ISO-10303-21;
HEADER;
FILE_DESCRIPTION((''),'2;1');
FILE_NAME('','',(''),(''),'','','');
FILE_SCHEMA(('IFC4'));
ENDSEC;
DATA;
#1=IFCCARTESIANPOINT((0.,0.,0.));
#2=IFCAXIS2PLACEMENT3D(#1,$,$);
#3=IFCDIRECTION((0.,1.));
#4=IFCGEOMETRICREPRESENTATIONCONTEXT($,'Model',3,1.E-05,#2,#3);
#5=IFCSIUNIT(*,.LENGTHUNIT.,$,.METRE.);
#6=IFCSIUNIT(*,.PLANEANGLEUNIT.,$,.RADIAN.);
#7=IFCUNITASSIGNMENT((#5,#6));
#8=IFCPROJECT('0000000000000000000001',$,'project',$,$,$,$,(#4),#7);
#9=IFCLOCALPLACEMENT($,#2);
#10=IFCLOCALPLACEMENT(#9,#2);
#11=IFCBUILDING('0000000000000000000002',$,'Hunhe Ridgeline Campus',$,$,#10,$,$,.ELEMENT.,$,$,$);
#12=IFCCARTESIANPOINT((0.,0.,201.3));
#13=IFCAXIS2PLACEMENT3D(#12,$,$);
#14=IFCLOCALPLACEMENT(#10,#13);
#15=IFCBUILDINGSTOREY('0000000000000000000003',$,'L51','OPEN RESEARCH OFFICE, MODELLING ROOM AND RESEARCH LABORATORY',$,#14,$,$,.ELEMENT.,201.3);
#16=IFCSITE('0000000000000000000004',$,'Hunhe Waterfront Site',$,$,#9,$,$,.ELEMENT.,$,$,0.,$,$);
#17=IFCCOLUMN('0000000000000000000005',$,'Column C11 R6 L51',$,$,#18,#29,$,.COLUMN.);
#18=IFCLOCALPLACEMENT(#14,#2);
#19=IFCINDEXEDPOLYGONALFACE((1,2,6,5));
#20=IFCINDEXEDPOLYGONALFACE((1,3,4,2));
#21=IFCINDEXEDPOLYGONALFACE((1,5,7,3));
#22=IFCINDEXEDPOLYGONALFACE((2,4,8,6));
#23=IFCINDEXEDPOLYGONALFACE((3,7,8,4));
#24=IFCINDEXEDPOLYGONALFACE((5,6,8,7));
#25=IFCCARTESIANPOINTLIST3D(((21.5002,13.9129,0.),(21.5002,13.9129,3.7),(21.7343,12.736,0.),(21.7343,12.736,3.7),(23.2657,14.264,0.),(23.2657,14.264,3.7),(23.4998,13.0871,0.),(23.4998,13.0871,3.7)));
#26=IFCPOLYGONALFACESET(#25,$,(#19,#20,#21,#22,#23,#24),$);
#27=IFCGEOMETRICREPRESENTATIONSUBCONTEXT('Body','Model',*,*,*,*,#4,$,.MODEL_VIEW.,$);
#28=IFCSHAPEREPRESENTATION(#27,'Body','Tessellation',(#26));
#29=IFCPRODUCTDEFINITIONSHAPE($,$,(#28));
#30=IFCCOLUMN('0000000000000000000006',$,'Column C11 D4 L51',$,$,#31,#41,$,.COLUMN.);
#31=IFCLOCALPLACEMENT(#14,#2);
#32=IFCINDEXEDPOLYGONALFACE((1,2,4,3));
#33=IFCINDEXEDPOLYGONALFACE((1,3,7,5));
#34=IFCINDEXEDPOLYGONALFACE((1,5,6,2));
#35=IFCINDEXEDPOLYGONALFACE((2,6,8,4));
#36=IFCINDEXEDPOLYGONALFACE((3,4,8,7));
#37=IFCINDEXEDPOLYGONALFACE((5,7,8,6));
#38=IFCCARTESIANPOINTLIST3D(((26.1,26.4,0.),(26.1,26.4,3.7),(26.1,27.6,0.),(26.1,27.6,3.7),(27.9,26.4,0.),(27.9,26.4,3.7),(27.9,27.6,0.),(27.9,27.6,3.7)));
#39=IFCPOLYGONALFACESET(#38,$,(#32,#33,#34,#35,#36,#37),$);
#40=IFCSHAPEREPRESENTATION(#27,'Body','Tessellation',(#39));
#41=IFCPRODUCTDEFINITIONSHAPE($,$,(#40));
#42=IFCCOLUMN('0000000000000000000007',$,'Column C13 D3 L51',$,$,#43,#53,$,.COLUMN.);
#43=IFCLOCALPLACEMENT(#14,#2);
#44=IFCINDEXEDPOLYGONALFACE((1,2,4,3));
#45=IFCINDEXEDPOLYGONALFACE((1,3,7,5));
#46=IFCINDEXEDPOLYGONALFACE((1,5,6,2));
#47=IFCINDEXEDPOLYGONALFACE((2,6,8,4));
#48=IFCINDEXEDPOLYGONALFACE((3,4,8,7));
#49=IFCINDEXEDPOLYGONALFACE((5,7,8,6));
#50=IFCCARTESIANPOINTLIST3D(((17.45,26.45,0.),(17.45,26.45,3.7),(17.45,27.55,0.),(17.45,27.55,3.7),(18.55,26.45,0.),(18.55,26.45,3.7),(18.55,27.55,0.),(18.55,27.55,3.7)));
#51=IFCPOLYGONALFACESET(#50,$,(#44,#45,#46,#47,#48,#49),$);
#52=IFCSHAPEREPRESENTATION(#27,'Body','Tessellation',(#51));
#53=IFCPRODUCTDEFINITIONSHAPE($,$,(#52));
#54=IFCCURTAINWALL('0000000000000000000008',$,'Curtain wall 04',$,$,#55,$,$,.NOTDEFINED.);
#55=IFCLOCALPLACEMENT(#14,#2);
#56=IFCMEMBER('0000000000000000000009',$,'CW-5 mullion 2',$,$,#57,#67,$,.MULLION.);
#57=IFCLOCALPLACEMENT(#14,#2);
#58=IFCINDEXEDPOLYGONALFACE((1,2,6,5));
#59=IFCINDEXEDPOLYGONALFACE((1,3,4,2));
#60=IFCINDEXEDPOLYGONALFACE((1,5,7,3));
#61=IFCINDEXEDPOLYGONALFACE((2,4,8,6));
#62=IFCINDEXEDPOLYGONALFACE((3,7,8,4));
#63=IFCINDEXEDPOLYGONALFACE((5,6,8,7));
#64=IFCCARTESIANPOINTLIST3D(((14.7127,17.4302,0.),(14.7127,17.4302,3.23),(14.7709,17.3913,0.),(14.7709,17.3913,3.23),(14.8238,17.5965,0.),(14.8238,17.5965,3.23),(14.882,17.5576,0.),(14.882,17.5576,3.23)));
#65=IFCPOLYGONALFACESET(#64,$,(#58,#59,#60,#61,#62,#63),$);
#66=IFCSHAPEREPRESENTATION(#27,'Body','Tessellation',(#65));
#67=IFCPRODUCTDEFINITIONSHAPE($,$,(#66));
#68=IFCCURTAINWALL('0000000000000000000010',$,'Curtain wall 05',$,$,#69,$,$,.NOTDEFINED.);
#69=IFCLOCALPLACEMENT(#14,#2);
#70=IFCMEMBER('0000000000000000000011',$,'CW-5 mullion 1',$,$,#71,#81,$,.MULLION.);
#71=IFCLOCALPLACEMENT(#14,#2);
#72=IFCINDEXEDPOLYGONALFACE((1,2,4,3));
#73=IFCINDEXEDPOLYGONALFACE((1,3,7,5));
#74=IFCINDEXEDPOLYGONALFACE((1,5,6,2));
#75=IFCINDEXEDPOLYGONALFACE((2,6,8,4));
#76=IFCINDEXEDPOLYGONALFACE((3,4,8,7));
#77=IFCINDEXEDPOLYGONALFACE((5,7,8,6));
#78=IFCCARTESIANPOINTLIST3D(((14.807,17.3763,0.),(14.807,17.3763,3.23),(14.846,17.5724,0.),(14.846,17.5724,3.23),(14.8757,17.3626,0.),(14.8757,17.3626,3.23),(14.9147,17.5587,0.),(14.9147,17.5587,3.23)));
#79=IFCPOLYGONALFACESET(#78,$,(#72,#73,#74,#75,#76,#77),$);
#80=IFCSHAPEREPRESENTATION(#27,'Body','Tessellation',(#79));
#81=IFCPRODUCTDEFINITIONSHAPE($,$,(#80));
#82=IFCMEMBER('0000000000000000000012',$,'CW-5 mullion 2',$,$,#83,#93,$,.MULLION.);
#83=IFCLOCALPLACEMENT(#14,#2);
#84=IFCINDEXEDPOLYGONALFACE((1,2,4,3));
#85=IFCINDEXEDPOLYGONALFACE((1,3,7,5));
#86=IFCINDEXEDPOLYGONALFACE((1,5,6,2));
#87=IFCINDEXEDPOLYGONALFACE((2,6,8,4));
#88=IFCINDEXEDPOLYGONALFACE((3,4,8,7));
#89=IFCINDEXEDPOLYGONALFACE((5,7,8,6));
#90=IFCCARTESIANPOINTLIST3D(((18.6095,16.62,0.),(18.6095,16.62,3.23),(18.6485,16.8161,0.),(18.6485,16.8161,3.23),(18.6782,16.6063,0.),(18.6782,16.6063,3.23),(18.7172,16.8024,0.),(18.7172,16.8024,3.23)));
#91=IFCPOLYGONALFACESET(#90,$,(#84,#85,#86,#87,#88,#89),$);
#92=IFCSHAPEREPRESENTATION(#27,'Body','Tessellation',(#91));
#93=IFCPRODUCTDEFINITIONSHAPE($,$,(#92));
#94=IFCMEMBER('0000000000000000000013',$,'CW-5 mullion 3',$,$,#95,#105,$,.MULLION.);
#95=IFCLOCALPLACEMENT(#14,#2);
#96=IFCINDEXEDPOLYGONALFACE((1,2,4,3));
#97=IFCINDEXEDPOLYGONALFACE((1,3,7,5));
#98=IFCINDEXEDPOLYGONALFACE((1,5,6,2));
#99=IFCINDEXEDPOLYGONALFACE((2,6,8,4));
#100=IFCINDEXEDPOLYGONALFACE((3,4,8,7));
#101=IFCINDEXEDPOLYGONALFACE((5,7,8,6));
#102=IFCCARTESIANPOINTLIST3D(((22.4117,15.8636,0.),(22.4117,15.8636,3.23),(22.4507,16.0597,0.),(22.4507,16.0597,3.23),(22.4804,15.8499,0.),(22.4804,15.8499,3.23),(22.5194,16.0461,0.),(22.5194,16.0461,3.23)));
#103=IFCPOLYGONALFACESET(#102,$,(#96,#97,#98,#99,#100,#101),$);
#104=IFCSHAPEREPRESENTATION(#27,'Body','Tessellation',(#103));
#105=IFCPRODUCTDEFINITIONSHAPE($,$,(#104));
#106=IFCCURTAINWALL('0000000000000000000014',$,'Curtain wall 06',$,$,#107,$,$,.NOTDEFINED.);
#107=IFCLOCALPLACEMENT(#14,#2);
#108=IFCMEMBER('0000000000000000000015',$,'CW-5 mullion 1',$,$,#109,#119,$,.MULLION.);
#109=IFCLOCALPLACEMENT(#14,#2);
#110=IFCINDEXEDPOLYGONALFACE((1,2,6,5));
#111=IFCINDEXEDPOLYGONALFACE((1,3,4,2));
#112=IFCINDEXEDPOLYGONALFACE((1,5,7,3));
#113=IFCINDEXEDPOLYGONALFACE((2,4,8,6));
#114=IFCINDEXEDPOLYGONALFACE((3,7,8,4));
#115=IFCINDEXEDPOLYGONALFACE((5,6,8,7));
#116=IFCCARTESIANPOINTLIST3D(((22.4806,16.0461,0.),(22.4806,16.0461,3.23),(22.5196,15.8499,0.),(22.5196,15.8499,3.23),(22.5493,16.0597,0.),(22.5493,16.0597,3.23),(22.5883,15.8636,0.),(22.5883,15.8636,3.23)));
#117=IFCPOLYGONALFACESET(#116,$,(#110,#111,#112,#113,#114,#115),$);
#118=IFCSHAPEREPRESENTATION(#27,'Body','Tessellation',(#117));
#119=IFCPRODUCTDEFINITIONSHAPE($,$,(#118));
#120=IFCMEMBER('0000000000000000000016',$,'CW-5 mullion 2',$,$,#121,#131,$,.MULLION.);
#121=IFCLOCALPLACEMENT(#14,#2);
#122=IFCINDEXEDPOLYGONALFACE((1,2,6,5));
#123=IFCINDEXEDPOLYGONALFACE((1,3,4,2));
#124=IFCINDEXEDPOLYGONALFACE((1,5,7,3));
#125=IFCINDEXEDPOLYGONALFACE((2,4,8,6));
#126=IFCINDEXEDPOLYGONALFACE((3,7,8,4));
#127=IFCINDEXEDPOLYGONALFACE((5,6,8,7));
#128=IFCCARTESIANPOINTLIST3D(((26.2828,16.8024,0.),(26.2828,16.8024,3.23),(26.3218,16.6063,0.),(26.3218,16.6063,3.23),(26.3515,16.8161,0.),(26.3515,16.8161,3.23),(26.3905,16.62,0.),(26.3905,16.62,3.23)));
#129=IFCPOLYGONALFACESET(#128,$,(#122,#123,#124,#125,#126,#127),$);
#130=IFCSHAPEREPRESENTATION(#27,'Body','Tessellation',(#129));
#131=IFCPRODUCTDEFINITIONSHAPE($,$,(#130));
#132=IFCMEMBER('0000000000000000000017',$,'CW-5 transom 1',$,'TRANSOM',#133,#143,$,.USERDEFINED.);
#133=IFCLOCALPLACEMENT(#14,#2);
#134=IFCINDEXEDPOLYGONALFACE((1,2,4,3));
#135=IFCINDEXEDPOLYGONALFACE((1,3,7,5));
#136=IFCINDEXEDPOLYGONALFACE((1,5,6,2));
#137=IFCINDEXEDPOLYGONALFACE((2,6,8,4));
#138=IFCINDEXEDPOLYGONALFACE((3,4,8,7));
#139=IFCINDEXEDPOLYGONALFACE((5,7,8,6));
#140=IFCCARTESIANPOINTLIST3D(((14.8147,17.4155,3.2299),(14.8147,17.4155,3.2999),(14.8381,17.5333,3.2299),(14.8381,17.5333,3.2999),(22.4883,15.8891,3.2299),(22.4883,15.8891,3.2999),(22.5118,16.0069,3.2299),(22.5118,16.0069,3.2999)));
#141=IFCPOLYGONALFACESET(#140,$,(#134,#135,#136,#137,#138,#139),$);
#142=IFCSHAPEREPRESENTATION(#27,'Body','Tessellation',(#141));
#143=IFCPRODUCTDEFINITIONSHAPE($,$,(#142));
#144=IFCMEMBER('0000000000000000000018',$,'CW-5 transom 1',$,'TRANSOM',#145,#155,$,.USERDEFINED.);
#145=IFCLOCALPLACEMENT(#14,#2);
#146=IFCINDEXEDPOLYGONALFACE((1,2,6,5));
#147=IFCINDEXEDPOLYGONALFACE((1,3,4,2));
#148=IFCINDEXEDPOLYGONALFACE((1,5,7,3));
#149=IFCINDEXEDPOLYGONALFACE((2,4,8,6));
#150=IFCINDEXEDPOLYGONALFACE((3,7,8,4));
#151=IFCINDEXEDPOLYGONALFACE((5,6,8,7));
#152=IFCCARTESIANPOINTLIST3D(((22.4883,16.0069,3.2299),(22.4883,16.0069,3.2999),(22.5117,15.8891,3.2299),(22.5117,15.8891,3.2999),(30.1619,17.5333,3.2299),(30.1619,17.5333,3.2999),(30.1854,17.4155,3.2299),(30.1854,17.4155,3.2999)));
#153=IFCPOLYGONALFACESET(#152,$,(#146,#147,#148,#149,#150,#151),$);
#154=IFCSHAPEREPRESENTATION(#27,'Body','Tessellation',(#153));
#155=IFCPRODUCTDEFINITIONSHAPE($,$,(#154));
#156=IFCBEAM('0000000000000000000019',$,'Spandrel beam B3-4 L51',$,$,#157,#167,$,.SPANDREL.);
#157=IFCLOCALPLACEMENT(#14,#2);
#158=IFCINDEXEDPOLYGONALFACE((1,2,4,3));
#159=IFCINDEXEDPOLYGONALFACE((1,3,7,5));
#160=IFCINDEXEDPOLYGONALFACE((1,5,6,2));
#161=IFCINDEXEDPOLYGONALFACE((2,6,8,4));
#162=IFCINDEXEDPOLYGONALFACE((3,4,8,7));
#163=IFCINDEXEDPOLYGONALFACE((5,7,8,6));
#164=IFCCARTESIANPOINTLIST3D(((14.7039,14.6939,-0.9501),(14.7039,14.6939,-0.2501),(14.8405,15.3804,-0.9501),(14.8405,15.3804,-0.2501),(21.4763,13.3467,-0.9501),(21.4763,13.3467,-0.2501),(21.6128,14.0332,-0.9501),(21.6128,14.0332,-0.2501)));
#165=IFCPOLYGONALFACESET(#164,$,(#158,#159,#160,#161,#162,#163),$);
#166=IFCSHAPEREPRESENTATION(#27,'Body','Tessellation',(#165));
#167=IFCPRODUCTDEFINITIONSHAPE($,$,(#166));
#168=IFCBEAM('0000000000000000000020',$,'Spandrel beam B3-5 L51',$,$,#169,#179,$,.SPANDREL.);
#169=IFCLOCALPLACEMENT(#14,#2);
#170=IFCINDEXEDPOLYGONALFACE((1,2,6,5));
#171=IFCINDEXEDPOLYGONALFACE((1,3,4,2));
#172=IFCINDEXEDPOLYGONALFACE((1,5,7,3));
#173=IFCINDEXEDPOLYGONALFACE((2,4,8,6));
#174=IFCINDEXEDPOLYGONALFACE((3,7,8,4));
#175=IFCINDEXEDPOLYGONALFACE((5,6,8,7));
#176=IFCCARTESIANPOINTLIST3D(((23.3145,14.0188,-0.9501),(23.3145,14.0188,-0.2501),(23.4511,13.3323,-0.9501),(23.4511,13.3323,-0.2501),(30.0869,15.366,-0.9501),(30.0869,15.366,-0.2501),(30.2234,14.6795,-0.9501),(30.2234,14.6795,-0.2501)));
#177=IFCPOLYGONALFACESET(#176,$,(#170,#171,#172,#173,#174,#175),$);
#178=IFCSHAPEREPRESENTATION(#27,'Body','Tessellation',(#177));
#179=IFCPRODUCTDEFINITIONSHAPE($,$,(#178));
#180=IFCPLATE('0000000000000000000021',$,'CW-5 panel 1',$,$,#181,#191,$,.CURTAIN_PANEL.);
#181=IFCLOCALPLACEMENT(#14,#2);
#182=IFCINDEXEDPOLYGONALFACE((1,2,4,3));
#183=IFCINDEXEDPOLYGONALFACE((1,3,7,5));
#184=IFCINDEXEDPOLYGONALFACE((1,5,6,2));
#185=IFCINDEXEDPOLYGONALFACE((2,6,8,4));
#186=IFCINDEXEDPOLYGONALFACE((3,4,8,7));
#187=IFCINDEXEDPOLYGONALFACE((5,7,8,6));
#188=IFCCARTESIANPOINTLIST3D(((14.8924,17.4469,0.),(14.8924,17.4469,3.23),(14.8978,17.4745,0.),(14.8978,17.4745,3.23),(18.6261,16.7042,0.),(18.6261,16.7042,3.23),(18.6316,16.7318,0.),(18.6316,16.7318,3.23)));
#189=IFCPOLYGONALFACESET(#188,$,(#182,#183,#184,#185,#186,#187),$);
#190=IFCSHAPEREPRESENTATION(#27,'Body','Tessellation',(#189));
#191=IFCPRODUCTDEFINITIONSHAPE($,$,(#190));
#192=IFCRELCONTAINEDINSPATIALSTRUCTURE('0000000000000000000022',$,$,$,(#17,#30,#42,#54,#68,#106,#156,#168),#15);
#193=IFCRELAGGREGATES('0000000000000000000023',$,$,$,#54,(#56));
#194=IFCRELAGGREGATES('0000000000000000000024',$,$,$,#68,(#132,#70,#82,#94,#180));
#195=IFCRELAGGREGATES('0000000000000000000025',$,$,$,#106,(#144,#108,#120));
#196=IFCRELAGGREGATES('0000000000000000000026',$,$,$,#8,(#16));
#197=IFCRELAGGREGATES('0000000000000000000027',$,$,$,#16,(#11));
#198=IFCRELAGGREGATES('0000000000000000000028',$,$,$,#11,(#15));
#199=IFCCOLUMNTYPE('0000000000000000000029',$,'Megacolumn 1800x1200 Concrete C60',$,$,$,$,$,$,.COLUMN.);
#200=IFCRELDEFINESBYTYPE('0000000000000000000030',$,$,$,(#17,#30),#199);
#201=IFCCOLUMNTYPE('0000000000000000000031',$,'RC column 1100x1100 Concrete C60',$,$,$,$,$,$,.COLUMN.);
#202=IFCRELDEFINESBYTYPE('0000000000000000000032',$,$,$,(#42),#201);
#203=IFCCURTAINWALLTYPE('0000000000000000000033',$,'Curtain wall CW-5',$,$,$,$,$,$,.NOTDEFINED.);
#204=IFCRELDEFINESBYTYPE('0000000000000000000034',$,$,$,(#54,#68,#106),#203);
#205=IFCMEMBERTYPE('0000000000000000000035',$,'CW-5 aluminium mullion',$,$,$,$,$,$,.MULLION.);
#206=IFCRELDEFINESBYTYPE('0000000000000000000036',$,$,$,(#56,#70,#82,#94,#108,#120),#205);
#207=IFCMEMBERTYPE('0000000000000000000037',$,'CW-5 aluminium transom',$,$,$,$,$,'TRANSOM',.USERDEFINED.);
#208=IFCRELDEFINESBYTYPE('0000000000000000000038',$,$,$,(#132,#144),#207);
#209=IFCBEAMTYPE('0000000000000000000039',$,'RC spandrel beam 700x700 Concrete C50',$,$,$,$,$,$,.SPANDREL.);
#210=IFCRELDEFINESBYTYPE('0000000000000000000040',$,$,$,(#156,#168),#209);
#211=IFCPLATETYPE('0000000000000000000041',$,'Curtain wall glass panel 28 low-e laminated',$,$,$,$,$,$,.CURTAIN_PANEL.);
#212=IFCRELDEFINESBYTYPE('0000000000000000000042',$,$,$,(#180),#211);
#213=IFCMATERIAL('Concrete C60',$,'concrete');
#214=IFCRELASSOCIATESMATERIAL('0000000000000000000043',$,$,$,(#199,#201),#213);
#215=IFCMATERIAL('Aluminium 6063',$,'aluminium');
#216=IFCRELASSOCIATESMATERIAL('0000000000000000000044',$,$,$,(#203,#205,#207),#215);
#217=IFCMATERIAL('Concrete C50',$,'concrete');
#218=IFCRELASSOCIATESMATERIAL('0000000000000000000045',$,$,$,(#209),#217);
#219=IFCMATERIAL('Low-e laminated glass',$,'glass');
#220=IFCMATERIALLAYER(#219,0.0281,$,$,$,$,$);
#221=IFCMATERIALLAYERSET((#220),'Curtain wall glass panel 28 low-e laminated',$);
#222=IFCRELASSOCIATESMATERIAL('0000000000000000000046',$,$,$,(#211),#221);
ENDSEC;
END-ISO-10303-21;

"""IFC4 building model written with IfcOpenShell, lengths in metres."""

from ifc_helpers import new_model, si_unit, direction, frame, origin, origin_2d, place, context, subcontext, project, spatial, rectangle, extrude, material, layer, layer_set, material_profile, profile_set, type_object, element, aggregate, save


model = new_model("IFC4")

# Units and contexts
model_context = context("Model", 3, precision=1e-05, world=origin(), true_north=direction((0.0, 1.0)))
body_context = subcontext(model_context, "Body", "Model", "MODEL_VIEW")
ifc_project = project(units=[si_unit("LENGTHUNIT", "METRE"), si_unit("PLANEANGLEUNIT", "RADIAN")], contexts=[model_context])

# Site, building, storey
site_placement = place(None, origin())
site = spatial("IfcSite", under=ifc_project, at=site_placement, Name="Hunhe Waterfront Site", CompositionType="ELEMENT", RefElevation=0.0)
building_placement = place(site_placement, origin())
building = spatial("IfcBuilding", under=site, at=building_placement, Name="Hunhe Ridgeline Campus", CompositionType="ELEMENT")
storey_placement = place(building_placement, frame((0.0, 0.0, 201.3)))
storey = spatial("IfcBuildingStorey", under=building, at=storey_placement, Name="L51", Description="OPEN RESEARCH OFFICE, MODELLING ROOM AND RESEARCH LABORATORY", CompositionType="ELEMENT", Elevation=201.3)

# Columns
ifc_material_1 = material(Name="Concrete C60", Category="concrete")
ifc_material_profile_1 = material_profile(ifc_material_1, rectangle(XDim=1.8, YDim=1.2, at=origin_2d()))
ifc_profile_set_1 = profile_set([ifc_material_profile_1], Name="Concrete C60")
column_type_1 = type_object("IfcColumnType", Name="Megacolumn 1800x1200 Concrete C60", PredefinedType="COLUMN", material=ifc_profile_set_1)
for number, where, z_axis, x_axis, name in (
    (1, (22.5, 13.5, 0.0), (0.0, 0.0, 1.0), (0.980785, 0.19509, 0.0), "Column C11 R6 L51"),
    (2, (27.0, 27.0, 0.0), (0.0, 0.0, 1.0), (1.0, 0.0, 0.0), "Column C11 D4 L51"),
):
    element("IfcColumn", number, at=place(storey_placement, frame(where, z_axis=z_axis, x_axis=x_axis)), inside=storey, type_object=column_type_1, Name=name, PredefinedType="COLUMN", context=body_context, shape_type="SweptSolid", body=[
        extrude(rectangle(XDim=1.8, YDim=1.2, at=origin_2d()), origin(), (0.0, 0.0, 1.0), 3.7),
    ])
ifc_material_profile_2 = material_profile(ifc_material_1, rectangle(XDim=1.1001, YDim=1.1001, at=origin_2d()))
ifc_profile_set_2 = profile_set([ifc_material_profile_2], Name="Concrete C60")
column_type_2 = type_object("IfcColumnType", Name="RC column 1100x1100 Concrete C60", PredefinedType="COLUMN", material=ifc_profile_set_2)
column_placement = place(storey_placement, frame((18.0, 27.0, 0.0), z_axis=(0.0, 0.0, 1.0), x_axis=(1.0, 0.0, 0.0)))
element("IfcColumn", 3, at=column_placement, inside=storey, type_object=column_type_2, Name="Column C13 D3 L51", PredefinedType="COLUMN", context=body_context, shape_type="SweptSolid", body=[
    extrude(rectangle(XDim=1.1001, YDim=1.1001, at=origin_2d()), origin(), (0.0, 0.0, 1.0), 3.7),
])

# Curtain wall, member
ifc_material_2 = material(Name="Aluminium 6063", Category="aluminium")
curtain_wall_type = type_object("IfcCurtainWallType", Name="Curtain wall CW-5", PredefinedType="NOTDEFINED", material=ifc_material_2)
curtain_wall_1_placement = place(storey_placement, origin())
curtain_wall_1 = element("IfcCurtainWall", 4, at=curtain_wall_1_placement, inside=storey, type_object=curtain_wall_type, Name="Curtain wall 04", PredefinedType="NOTDEFINED")
ifc_material_profile_3 = material_profile(ifc_material_2, rectangle(XDim=0.2, YDim=0.0701, at=origin_2d()))
ifc_profile_set_3 = profile_set([ifc_material_profile_3], Name="Aluminium 6063")
member_type_1 = type_object("IfcMemberType", Name="CW-5 aluminium mullion", PredefinedType="MULLION", material=ifc_profile_set_3)
member_1_placement = place(storey_placement, frame((14.7974, 17.4939, 0.0), z_axis=(0.0, 0.0, 1.0), x_axis=(0.55557, 0.83147, 0.0)))
member_1 = element("IfcMember", 5, at=member_1_placement, type_object=member_type_1, Name="CW-5 mullion 2", PredefinedType="MULLION", context=body_context, shape_type="SweptSolid", body=[
    extrude(rectangle(XDim=0.2, YDim=0.0701, at=origin_2d()), origin(), (0.0, 0.0, 1.0), 3.23),
])
aggregate(curtain_wall_1, [member_1])

# Curtain walls, members
curtain_wall_2_placement = place(storey_placement, origin())
curtain_wall_2 = element("IfcCurtainWall", 6, at=curtain_wall_2_placement, inside=storey, type_object=curtain_wall_type, Name="Curtain wall 05", PredefinedType="NOTDEFINED")
member_2_placement = place(storey_placement, frame((14.8608, 17.4675, 0.0), z_axis=(0.0, 0.0, 1.0), x_axis=(0.19509, 0.980785, 0.0)))
member_2 = element("IfcMember", 7, at=member_2_placement, type_object=member_type_1, Name="CW-5 mullion 1", PredefinedType="MULLION", context=body_context, shape_type="SweptSolid", body=[
    extrude(rectangle(XDim=0.2, YDim=0.0701, at=origin_2d()), origin(), (0.0, 0.0, 1.0), 3.23),
])
member_3_placement = place(storey_placement, frame((18.6633, 16.7112, 0.0), z_axis=(0.0, 0.0, 1.0), x_axis=(0.19509, 0.980785, 0.0)))
member_3 = element("IfcMember", 8, at=member_3_placement, type_object=member_type_1, Name="CW-5 mullion 2", PredefinedType="MULLION", context=body_context, shape_type="SweptSolid", body=[
    extrude(rectangle(XDim=0.2, YDim=0.0701, at=origin_2d()), origin(), (0.0, 0.0, 1.0), 3.23),
])
member_4_placement = place(storey_placement, frame((22.4656, 15.9548, 0.0), z_axis=(0.0, 0.0, 1.0), x_axis=(0.19509, 0.980785, 0.0)))
member_4 = element("IfcMember", 9, at=member_4_placement, type_object=member_type_1, Name="CW-5 mullion 3", PredefinedType="MULLION", context=body_context, shape_type="SweptSolid", body=[
    extrude(rectangle(XDim=0.2, YDim=0.0701, at=origin_2d()), origin(), (0.0, 0.0, 1.0), 3.23),
])
curtain_wall_3_placement = place(storey_placement, origin())
curtain_wall_3 = element("IfcCurtainWall", 10, at=curtain_wall_3_placement, inside=storey, type_object=curtain_wall_type, Name="Curtain wall 06", PredefinedType="NOTDEFINED")
member_5_placement = place(storey_placement, frame((22.5344, 15.9548, 0.0), z_axis=(0.0, 0.0, 1.0), x_axis=(-0.19509, 0.980785, 0.0)))
member_5 = element("IfcMember", 11, at=member_5_placement, type_object=member_type_1, Name="CW-5 mullion 1", PredefinedType="MULLION", context=body_context, shape_type="SweptSolid", body=[
    extrude(rectangle(XDim=0.2, YDim=0.0701, at=origin_2d()), origin(), (0.0, 0.0, 1.0), 3.23),
])
member_6_placement = place(storey_placement, frame((26.3367, 16.7112, 0.0), z_axis=(0.0, 0.0, 1.0), x_axis=(-0.19509, 0.980785, 0.0)))
member_6 = element("IfcMember", 12, at=member_6_placement, type_object=member_type_1, Name="CW-5 mullion 2", PredefinedType="MULLION", context=body_context, shape_type="SweptSolid", body=[
    extrude(rectangle(XDim=0.2, YDim=0.0701, at=origin_2d()), origin(), (0.0, 0.0, 1.0), 3.23),
])

# Members
ifc_material_profile_4 = material_profile(ifc_material_2, rectangle(XDim=0.1201, YDim=0.0701, at=origin_2d()))
ifc_profile_set_4 = profile_set([ifc_material_profile_4], Name="Aluminium 6063")
member_type_2 = type_object("IfcMemberType", Name="CW-5 aluminium transom", ElementType="TRANSOM", PredefinedType="USERDEFINED", material=ifc_profile_set_4)
member_7_placement = place(storey_placement, frame((14.8264, 17.4744, 3.2649), z_axis=(0.980785, -0.19509, 0.0), x_axis=(0.19509, 0.980785, 0.0)))
member_7 = element("IfcMember", 13, at=member_7_placement, type_object=member_type_2, Name="CW-5 transom 1", ObjectType="TRANSOM", PredefinedType="USERDEFINED", context=body_context, shape_type="SweptSolid", body=[
    extrude(rectangle(XDim=0.1201, YDim=0.0701, at=origin_2d()), origin(), (0.0, 0.0, 1.0), 7.824),
])
member_8_placement = place(storey_placement, frame((22.5, 15.948, 3.2649), z_axis=(0.980785, 0.19509, 0.0), x_axis=(-0.19509, 0.980785, 0.0)))
member_8 = element("IfcMember", 14, at=member_8_placement, type_object=member_type_2, Name="CW-5 transom 1", ObjectType="TRANSOM", PredefinedType="USERDEFINED", context=body_context, shape_type="SweptSolid", body=[
    extrude(rectangle(XDim=0.1201, YDim=0.0701, at=origin_2d()), origin(), (0.0, 0.0, 1.0), 7.824),
])

# Beams
ifc_material_3 = material(Name="Concrete C50", Category="concrete")
ifc_material_profile_5 = material_profile(ifc_material_3, rectangle(XDim=0.7, YDim=0.7, at=origin_2d()))
ifc_profile_set_5 = profile_set([ifc_material_profile_5], Name="Concrete C50")
beam_type = type_object("IfcBeamType", Name="RC spandrel beam 700x700 Concrete C50", PredefinedType="SPANDREL", material=ifc_profile_set_5)
for number, where, z_axis, x_axis, name in (
    (15, (14.7722, 15.0371, -0.6001), (0.980784, -0.195096, 0.0), (0.195096, 0.980784, 0.0), "Spandrel beam B3-4 L51"),
    (16, (23.3828, 13.6755, -0.6001), (0.980783, 0.195103, 0.0), (-0.195103, 0.980783, 0.0), "Spandrel beam B3-5 L51"),
):
    element("IfcBeam", number, at=place(storey_placement, frame(where, z_axis=z_axis, x_axis=x_axis)), inside=storey, type_object=beam_type, Name=name, PredefinedType="SPANDREL", context=body_context, shape_type="SweptSolid", body=[
        extrude(rectangle(XDim=0.7, YDim=0.7, at=origin_2d()), origin(), (0.0, 0.0, 1.0), 6.905),
    ])

# Plate
ifc_material_4 = material(Name="Low-e laminated glass", Category="glass")
ifc_layer_1 = layer(ifc_material_4, 0.0281)
ifc_layer_set_1 = layer_set([ifc_layer_1], Name="Curtain wall glass panel 28 low-e laminated")
plate_type = type_object("IfcPlateType", Name="Curtain wall glass panel 28 low-e laminated", PredefinedType="CURTAIN_PANEL", material=ifc_layer_set_1)
plate_1_placement = place(storey_placement, frame((16.762, 17.0894, 0.0), z_axis=(0.0, 0.0, 1.0), x_axis=(0.980785, -0.19509, 0.0)))
plate_1 = element("IfcPlate", 17, at=plate_1_placement, type_object=plate_type, Name="CW-5 panel 1", PredefinedType="CURTAIN_PANEL", context=body_context, shape_type="SweptSolid", body=[
    extrude(rectangle(XDim=3.8069, YDim=0.0281, at=origin_2d()), origin(), (0.0, 0.0, 1.0), 3.23),
])
aggregate(curtain_wall_2, [member_7, member_2, member_3, member_4, plate_1])
aggregate(curtain_wall_3, [member_8, member_5, member_6])

save(model, "model.ifc")
